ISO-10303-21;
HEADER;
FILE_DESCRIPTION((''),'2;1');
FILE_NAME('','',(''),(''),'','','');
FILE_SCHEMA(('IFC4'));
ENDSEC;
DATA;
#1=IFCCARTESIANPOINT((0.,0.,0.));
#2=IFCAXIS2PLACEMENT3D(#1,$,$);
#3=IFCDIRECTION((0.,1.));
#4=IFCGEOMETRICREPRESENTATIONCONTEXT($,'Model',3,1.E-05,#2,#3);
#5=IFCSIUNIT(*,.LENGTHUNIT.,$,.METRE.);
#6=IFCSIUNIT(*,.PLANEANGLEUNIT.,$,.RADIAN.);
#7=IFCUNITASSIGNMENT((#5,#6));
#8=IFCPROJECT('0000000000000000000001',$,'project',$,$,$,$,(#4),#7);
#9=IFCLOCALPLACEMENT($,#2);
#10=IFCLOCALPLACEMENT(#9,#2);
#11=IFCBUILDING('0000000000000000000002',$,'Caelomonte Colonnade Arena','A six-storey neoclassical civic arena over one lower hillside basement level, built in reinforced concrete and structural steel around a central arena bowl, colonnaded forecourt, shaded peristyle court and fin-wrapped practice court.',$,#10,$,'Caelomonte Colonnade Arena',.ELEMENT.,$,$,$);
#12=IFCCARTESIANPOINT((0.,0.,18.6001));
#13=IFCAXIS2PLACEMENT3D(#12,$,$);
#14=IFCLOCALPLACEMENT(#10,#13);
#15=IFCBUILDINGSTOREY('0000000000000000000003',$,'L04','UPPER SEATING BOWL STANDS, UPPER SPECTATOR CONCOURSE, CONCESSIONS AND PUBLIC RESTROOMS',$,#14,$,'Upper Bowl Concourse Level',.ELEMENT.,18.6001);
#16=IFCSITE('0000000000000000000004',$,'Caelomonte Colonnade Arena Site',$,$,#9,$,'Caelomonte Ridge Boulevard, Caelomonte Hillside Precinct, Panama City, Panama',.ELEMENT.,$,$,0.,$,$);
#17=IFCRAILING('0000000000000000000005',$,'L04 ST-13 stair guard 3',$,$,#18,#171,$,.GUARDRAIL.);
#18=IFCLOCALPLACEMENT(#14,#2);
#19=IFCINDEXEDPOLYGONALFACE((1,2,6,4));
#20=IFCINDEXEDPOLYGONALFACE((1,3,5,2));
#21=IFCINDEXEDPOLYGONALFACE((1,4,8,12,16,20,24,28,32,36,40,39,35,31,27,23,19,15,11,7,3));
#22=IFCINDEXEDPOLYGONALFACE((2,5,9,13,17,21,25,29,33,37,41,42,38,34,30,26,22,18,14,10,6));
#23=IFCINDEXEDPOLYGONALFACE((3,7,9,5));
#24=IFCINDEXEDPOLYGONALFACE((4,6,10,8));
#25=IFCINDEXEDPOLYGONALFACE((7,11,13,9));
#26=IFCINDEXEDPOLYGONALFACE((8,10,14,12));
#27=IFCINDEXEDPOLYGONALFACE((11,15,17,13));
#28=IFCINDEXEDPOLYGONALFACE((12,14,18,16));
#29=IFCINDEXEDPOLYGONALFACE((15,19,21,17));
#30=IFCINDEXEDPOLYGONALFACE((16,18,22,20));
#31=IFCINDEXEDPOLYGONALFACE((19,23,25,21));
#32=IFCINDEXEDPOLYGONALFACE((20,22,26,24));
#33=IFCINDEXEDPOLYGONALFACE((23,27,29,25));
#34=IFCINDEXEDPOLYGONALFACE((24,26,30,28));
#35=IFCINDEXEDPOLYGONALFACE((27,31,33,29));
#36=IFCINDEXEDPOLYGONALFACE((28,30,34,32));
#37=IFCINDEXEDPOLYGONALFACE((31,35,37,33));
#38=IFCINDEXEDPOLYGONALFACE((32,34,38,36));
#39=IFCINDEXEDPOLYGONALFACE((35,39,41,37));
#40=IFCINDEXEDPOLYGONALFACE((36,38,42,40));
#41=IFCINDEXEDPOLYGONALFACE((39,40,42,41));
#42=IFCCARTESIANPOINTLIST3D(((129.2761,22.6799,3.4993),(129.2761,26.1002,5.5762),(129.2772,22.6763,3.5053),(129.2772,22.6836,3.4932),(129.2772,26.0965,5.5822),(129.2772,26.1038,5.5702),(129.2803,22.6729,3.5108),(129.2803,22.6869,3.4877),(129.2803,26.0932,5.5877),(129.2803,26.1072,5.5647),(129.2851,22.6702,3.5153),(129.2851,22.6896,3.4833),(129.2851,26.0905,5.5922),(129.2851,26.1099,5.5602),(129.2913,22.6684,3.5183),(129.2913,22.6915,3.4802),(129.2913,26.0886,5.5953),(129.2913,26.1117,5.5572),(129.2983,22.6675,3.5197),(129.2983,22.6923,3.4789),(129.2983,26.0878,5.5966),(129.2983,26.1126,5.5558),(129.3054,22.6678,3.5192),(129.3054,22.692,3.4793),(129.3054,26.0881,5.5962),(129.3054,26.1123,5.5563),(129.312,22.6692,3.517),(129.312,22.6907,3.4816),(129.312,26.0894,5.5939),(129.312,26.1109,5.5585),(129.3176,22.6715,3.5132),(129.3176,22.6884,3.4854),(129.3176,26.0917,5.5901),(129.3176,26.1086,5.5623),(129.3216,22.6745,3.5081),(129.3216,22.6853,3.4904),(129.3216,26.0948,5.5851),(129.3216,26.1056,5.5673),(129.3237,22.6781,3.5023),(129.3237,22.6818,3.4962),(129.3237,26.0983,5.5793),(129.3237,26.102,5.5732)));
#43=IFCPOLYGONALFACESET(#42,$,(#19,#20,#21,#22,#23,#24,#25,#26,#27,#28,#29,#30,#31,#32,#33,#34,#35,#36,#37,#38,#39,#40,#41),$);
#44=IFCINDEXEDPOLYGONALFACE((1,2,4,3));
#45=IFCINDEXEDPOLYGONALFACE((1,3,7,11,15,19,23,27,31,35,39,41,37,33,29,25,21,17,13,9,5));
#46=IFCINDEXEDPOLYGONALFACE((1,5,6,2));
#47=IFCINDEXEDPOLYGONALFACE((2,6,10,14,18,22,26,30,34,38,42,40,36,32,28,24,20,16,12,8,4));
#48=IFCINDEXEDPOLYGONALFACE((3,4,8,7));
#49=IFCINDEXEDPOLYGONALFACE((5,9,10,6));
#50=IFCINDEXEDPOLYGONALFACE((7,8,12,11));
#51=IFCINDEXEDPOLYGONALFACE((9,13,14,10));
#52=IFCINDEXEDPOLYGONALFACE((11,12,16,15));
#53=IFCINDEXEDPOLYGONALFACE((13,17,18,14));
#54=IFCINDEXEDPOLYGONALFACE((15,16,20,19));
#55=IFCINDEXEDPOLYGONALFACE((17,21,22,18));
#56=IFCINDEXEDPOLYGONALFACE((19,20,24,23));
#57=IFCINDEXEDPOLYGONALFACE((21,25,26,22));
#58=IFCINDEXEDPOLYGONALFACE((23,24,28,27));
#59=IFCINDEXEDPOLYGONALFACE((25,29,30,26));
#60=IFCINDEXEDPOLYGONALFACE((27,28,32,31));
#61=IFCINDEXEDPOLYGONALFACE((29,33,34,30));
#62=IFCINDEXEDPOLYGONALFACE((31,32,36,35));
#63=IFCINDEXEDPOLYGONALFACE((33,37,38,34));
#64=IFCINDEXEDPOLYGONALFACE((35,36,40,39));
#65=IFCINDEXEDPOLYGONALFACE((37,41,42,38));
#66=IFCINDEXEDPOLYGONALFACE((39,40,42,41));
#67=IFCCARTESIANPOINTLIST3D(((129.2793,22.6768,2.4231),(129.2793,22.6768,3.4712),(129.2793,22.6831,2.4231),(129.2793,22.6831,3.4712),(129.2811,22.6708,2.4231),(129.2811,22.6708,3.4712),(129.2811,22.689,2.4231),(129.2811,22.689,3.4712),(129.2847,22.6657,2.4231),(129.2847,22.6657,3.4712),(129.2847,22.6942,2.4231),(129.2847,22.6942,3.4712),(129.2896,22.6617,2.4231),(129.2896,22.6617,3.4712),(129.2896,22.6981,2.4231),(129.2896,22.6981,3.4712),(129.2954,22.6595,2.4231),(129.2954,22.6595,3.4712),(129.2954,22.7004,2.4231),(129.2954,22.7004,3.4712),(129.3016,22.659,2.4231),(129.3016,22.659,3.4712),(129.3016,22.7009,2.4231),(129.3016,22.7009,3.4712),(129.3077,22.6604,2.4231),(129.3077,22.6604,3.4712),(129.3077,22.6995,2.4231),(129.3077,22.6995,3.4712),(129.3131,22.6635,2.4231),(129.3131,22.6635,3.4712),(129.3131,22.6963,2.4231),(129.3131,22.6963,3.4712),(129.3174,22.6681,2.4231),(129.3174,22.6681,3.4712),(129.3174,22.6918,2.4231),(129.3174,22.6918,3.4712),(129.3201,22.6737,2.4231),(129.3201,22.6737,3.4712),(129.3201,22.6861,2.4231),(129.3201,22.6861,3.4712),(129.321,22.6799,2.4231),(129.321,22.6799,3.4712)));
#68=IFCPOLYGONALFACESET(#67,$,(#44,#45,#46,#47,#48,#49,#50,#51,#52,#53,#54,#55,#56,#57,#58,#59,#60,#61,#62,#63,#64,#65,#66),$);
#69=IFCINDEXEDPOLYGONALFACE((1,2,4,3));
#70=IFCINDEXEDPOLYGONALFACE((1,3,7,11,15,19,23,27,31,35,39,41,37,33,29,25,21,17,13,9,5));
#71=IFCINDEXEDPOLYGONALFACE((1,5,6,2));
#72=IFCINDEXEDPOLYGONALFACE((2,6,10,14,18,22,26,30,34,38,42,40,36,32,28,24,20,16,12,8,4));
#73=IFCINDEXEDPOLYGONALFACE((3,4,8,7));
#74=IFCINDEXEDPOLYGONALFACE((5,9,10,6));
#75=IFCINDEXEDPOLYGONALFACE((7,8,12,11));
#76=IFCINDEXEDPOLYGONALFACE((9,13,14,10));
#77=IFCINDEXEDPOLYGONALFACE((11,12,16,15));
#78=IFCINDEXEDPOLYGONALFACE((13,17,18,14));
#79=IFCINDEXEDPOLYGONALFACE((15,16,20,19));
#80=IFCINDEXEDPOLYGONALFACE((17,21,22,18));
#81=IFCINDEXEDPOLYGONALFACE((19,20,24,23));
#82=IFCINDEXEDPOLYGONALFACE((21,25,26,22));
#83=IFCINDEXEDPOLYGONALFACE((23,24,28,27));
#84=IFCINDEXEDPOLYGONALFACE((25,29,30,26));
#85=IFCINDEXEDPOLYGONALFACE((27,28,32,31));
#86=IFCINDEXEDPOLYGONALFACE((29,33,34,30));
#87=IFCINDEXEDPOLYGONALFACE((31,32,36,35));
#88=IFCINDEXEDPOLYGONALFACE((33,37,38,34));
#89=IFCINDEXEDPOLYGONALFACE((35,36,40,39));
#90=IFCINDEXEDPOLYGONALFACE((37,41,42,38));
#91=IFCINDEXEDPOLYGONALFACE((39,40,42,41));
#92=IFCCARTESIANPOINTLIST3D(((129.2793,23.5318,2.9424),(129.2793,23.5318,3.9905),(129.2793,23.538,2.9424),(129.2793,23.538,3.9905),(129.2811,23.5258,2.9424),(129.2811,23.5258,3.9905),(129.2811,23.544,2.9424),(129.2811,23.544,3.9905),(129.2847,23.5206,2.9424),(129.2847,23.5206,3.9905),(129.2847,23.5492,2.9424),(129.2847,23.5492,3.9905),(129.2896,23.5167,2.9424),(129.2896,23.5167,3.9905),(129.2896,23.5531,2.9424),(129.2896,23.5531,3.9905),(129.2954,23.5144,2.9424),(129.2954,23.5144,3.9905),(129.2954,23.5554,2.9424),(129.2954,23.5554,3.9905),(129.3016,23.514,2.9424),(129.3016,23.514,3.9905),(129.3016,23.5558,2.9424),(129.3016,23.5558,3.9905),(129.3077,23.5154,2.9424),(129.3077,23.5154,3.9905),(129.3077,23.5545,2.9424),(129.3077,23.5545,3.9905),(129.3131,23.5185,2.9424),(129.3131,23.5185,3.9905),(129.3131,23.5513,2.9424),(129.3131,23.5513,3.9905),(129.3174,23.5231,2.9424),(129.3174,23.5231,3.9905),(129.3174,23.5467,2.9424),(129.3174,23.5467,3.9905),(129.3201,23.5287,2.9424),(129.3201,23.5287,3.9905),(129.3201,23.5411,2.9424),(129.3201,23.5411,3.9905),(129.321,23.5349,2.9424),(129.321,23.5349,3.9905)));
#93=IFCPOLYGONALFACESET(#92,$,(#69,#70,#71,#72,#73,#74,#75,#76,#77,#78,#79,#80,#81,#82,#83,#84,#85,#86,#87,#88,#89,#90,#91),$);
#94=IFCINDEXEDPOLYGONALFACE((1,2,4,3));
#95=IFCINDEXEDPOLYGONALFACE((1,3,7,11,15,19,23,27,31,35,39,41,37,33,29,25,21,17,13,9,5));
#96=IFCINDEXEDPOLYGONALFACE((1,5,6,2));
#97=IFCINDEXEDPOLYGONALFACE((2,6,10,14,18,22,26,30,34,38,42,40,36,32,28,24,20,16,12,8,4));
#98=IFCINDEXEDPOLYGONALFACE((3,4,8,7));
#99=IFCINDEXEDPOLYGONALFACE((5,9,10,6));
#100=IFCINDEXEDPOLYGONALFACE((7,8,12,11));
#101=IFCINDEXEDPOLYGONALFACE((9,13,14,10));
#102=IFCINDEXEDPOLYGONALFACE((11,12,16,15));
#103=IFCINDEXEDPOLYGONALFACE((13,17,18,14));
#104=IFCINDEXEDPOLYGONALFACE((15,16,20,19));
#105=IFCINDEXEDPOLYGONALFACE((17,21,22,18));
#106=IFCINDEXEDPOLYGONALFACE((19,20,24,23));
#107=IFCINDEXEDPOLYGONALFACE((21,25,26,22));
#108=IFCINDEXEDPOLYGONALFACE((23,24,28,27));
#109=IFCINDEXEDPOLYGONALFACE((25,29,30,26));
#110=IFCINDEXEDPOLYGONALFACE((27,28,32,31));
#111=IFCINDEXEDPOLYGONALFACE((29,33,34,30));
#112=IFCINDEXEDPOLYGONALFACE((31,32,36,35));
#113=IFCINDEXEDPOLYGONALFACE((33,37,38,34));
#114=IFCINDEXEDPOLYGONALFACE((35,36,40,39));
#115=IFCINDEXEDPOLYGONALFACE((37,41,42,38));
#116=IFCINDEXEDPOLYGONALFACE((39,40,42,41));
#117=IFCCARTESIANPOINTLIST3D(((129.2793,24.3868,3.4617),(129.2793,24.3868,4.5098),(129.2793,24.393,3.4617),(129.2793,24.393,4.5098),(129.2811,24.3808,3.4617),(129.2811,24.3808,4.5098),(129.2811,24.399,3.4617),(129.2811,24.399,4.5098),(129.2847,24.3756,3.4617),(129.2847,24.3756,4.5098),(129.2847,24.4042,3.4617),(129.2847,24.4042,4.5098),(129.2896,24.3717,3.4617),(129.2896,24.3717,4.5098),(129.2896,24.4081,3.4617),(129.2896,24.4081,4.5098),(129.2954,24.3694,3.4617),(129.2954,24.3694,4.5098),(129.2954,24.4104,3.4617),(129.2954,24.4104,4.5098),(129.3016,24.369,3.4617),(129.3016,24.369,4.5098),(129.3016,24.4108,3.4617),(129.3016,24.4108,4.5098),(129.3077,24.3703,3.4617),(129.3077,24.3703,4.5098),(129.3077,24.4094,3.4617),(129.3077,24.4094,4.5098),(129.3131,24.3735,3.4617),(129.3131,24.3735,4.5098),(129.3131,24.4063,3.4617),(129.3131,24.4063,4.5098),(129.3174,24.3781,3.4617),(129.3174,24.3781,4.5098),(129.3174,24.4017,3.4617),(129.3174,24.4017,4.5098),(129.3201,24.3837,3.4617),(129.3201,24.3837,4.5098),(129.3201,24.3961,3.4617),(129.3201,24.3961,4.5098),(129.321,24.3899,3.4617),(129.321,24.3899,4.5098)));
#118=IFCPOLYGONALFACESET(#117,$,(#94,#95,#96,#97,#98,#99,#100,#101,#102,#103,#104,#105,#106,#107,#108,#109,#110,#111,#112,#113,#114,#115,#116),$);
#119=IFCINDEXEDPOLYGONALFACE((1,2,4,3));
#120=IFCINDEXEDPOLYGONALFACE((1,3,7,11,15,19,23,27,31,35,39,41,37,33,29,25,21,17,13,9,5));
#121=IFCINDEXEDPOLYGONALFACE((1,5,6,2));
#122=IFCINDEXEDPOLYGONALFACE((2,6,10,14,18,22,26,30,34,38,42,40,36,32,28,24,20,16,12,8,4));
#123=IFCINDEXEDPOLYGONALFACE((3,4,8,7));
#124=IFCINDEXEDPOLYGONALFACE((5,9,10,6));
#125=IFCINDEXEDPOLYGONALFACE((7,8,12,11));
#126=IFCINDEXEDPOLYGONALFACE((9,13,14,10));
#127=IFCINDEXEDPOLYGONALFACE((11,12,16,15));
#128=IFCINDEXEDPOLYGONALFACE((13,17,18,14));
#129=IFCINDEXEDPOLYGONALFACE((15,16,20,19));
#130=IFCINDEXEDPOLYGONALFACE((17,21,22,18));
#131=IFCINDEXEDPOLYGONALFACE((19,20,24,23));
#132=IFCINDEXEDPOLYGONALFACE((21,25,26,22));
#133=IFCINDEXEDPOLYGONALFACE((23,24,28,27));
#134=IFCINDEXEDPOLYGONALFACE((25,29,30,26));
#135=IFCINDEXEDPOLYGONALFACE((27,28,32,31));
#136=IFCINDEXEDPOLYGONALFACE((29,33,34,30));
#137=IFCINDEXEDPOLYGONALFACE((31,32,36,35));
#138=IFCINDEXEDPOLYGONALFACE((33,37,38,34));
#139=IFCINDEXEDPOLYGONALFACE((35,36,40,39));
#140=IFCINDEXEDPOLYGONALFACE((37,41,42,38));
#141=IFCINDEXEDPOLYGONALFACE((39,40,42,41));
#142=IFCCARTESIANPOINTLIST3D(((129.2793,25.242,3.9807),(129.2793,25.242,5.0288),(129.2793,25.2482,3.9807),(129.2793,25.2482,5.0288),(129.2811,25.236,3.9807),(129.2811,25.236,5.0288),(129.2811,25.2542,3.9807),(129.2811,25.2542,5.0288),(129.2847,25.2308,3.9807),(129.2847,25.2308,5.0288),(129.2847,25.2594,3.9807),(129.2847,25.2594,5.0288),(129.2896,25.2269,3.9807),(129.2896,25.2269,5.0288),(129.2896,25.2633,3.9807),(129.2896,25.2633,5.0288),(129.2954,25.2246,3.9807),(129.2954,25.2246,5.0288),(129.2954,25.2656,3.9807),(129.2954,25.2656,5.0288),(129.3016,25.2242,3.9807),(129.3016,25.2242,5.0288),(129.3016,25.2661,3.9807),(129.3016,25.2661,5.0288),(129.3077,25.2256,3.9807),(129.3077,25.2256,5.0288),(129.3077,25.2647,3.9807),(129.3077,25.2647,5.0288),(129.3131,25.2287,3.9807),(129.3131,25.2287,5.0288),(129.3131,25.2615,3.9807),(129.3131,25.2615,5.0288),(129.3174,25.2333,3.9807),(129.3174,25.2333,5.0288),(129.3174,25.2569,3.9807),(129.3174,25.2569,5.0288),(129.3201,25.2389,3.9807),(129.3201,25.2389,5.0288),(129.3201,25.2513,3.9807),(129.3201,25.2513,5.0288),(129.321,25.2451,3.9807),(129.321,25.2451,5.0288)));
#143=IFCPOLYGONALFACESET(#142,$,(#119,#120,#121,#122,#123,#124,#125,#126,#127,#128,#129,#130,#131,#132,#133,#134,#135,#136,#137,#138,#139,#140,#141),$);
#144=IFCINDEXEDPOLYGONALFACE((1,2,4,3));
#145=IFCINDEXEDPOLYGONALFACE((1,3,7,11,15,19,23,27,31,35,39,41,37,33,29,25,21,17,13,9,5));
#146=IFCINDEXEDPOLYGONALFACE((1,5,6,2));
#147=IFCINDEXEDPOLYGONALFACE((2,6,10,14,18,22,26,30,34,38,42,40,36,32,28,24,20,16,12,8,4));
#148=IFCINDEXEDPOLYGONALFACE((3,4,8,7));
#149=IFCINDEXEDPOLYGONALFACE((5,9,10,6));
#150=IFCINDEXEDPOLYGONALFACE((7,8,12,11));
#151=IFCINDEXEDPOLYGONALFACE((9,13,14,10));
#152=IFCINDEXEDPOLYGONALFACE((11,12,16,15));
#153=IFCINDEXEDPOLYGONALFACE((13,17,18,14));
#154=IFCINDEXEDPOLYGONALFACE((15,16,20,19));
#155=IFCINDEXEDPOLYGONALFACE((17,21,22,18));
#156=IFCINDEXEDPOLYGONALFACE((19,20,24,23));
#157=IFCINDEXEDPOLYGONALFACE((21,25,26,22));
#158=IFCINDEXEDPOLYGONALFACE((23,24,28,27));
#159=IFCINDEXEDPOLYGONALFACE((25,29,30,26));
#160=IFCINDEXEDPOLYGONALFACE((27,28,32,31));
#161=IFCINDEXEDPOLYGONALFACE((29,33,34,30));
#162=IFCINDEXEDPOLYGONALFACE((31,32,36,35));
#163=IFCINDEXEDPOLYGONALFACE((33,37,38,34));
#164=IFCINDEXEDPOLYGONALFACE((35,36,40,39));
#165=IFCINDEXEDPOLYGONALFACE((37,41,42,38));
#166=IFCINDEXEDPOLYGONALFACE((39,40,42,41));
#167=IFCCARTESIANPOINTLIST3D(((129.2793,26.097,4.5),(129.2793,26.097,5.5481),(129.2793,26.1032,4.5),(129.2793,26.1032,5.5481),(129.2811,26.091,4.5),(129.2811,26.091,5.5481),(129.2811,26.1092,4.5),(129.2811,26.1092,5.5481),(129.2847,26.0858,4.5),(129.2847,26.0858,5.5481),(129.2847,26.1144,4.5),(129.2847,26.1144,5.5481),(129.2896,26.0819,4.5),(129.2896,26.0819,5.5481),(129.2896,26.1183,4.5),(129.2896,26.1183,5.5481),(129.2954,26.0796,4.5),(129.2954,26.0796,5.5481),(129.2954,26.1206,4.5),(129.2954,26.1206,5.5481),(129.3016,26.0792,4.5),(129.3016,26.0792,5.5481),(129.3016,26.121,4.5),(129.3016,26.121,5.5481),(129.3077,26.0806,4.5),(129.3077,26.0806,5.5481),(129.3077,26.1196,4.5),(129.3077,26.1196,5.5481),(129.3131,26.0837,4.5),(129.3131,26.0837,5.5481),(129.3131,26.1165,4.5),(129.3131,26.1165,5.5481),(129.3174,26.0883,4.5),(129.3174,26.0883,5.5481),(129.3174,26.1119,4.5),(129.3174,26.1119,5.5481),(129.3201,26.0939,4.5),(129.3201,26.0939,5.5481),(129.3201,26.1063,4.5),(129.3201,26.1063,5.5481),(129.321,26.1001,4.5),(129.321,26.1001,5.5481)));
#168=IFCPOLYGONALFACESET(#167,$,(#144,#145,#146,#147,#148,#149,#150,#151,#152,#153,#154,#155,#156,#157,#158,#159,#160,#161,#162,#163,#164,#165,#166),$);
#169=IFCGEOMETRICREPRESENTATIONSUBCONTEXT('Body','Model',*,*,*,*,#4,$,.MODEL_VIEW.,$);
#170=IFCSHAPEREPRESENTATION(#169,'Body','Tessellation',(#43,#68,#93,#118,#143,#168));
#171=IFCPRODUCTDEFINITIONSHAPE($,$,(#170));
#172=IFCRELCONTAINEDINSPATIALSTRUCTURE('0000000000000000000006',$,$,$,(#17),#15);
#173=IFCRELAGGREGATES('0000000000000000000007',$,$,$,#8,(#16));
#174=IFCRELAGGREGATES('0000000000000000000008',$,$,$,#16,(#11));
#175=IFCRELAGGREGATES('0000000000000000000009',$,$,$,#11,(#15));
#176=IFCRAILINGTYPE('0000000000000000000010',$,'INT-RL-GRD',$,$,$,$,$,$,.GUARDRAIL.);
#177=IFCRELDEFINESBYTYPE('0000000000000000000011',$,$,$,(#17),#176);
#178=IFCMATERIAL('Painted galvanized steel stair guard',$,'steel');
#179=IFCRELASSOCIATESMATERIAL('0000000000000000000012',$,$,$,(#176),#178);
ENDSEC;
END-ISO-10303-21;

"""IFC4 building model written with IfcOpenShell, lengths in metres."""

from ifc_helpers import new_model, si_unit, direction, frame, origin, origin_2d, place, context, subcontext, project, spatial, circle, extrude, material, type_object, element, save


model = new_model("IFC4")

# Units and contexts
model_context = context("Model", 3, precision=1e-05, world=origin(), true_north=direction((0.0, 1.0)))
body_context = subcontext(model_context, "Body", "Model", "MODEL_VIEW")
ifc_project = project(units=[si_unit("LENGTHUNIT", "METRE"), si_unit("PLANEANGLEUNIT", "RADIAN")], contexts=[model_context])

# Site, building, storey
site_placement = place(None, origin())
site = spatial("IfcSite", under=ifc_project, at=site_placement, Name="Caelomonte Colonnade Arena Site", LongName="Caelomonte Ridge Boulevard, Caelomonte Hillside Precinct, Panama City, Panama", CompositionType="ELEMENT", RefElevation=0.0)
building_placement = place(site_placement, origin())
building = spatial("IfcBuilding", under=site, at=building_placement, Name="Caelomonte Colonnade Arena", Description="A six-storey neoclassical civic arena over one lower hillside basement level, built in reinforced concrete and structural steel around a central arena bowl, colonnaded forecourt, shaded peristyle court and fin-wrapped practice court.", LongName="Caelomonte Colonnade Arena", CompositionType="ELEMENT")
storey_placement = place(building_placement, frame((0.0, 0.0, 18.6001)))
storey = spatial("IfcBuildingStorey", under=building, at=storey_placement, Name="L04", Description="UPPER SEATING BOWL STANDS, UPPER SPECTATOR CONCOURSE, CONCESSIONS AND PUBLIC RESTROOMS", LongName="Upper Bowl Concourse Level", CompositionType="ELEMENT", Elevation=18.6001)

# Railing
ifc_material_1 = material(Name="Painted galvanized steel stair guard", Category="steel")
railing_type_1 = type_object("IfcRailingType", Name="INT-RL-GRD", PredefinedType="GUARDRAIL", material=ifc_material_1)
railing_1_placement = place(storey_placement, frame((129.3, 22.6799, 2.4231)))
element("IfcRailing", 1, at=railing_1_placement, inside=storey, type_object=railing_type_1, Name="L04 ST-13 stair guard 3", PredefinedType="GUARDRAIL", context=body_context, shape_type="SweptSolid", body=[
    extrude(circle(Radius=0.0239, at=origin_2d()), frame((0.0, 0.0, 1.0762), z_axis=(0.0, 0.854746, 0.519047), x_axis=(-1.0, 0.0, 0.0)), (0.0, 0.0, 1.0), 4.0015),
    extrude(circle(Radius=0.021, at=origin_2d()), origin(), (0.0, 0.0, 1.0), 1.0481),
    extrude(circle(Radius=0.021, at=origin_2d()), frame((0.0, 0.855, 0.5193)), (0.0, 0.0, 1.0), 1.0481),
    extrude(circle(Radius=0.021, at=origin_2d()), frame((0.0, 1.71, 1.0386)), (0.0, 0.0, 1.0), 1.0481),
    extrude(circle(Radius=0.021, at=origin_2d()), frame((0.0, 2.5652, 1.5576)), (0.0, 0.0, 1.0), 1.0481),
    extrude(circle(Radius=0.021, at=origin_2d()), frame((0.0, 3.4202, 2.0769)), (0.0, 0.0, 1.0), 1.0481),
])

save(model, "model.ifc")
